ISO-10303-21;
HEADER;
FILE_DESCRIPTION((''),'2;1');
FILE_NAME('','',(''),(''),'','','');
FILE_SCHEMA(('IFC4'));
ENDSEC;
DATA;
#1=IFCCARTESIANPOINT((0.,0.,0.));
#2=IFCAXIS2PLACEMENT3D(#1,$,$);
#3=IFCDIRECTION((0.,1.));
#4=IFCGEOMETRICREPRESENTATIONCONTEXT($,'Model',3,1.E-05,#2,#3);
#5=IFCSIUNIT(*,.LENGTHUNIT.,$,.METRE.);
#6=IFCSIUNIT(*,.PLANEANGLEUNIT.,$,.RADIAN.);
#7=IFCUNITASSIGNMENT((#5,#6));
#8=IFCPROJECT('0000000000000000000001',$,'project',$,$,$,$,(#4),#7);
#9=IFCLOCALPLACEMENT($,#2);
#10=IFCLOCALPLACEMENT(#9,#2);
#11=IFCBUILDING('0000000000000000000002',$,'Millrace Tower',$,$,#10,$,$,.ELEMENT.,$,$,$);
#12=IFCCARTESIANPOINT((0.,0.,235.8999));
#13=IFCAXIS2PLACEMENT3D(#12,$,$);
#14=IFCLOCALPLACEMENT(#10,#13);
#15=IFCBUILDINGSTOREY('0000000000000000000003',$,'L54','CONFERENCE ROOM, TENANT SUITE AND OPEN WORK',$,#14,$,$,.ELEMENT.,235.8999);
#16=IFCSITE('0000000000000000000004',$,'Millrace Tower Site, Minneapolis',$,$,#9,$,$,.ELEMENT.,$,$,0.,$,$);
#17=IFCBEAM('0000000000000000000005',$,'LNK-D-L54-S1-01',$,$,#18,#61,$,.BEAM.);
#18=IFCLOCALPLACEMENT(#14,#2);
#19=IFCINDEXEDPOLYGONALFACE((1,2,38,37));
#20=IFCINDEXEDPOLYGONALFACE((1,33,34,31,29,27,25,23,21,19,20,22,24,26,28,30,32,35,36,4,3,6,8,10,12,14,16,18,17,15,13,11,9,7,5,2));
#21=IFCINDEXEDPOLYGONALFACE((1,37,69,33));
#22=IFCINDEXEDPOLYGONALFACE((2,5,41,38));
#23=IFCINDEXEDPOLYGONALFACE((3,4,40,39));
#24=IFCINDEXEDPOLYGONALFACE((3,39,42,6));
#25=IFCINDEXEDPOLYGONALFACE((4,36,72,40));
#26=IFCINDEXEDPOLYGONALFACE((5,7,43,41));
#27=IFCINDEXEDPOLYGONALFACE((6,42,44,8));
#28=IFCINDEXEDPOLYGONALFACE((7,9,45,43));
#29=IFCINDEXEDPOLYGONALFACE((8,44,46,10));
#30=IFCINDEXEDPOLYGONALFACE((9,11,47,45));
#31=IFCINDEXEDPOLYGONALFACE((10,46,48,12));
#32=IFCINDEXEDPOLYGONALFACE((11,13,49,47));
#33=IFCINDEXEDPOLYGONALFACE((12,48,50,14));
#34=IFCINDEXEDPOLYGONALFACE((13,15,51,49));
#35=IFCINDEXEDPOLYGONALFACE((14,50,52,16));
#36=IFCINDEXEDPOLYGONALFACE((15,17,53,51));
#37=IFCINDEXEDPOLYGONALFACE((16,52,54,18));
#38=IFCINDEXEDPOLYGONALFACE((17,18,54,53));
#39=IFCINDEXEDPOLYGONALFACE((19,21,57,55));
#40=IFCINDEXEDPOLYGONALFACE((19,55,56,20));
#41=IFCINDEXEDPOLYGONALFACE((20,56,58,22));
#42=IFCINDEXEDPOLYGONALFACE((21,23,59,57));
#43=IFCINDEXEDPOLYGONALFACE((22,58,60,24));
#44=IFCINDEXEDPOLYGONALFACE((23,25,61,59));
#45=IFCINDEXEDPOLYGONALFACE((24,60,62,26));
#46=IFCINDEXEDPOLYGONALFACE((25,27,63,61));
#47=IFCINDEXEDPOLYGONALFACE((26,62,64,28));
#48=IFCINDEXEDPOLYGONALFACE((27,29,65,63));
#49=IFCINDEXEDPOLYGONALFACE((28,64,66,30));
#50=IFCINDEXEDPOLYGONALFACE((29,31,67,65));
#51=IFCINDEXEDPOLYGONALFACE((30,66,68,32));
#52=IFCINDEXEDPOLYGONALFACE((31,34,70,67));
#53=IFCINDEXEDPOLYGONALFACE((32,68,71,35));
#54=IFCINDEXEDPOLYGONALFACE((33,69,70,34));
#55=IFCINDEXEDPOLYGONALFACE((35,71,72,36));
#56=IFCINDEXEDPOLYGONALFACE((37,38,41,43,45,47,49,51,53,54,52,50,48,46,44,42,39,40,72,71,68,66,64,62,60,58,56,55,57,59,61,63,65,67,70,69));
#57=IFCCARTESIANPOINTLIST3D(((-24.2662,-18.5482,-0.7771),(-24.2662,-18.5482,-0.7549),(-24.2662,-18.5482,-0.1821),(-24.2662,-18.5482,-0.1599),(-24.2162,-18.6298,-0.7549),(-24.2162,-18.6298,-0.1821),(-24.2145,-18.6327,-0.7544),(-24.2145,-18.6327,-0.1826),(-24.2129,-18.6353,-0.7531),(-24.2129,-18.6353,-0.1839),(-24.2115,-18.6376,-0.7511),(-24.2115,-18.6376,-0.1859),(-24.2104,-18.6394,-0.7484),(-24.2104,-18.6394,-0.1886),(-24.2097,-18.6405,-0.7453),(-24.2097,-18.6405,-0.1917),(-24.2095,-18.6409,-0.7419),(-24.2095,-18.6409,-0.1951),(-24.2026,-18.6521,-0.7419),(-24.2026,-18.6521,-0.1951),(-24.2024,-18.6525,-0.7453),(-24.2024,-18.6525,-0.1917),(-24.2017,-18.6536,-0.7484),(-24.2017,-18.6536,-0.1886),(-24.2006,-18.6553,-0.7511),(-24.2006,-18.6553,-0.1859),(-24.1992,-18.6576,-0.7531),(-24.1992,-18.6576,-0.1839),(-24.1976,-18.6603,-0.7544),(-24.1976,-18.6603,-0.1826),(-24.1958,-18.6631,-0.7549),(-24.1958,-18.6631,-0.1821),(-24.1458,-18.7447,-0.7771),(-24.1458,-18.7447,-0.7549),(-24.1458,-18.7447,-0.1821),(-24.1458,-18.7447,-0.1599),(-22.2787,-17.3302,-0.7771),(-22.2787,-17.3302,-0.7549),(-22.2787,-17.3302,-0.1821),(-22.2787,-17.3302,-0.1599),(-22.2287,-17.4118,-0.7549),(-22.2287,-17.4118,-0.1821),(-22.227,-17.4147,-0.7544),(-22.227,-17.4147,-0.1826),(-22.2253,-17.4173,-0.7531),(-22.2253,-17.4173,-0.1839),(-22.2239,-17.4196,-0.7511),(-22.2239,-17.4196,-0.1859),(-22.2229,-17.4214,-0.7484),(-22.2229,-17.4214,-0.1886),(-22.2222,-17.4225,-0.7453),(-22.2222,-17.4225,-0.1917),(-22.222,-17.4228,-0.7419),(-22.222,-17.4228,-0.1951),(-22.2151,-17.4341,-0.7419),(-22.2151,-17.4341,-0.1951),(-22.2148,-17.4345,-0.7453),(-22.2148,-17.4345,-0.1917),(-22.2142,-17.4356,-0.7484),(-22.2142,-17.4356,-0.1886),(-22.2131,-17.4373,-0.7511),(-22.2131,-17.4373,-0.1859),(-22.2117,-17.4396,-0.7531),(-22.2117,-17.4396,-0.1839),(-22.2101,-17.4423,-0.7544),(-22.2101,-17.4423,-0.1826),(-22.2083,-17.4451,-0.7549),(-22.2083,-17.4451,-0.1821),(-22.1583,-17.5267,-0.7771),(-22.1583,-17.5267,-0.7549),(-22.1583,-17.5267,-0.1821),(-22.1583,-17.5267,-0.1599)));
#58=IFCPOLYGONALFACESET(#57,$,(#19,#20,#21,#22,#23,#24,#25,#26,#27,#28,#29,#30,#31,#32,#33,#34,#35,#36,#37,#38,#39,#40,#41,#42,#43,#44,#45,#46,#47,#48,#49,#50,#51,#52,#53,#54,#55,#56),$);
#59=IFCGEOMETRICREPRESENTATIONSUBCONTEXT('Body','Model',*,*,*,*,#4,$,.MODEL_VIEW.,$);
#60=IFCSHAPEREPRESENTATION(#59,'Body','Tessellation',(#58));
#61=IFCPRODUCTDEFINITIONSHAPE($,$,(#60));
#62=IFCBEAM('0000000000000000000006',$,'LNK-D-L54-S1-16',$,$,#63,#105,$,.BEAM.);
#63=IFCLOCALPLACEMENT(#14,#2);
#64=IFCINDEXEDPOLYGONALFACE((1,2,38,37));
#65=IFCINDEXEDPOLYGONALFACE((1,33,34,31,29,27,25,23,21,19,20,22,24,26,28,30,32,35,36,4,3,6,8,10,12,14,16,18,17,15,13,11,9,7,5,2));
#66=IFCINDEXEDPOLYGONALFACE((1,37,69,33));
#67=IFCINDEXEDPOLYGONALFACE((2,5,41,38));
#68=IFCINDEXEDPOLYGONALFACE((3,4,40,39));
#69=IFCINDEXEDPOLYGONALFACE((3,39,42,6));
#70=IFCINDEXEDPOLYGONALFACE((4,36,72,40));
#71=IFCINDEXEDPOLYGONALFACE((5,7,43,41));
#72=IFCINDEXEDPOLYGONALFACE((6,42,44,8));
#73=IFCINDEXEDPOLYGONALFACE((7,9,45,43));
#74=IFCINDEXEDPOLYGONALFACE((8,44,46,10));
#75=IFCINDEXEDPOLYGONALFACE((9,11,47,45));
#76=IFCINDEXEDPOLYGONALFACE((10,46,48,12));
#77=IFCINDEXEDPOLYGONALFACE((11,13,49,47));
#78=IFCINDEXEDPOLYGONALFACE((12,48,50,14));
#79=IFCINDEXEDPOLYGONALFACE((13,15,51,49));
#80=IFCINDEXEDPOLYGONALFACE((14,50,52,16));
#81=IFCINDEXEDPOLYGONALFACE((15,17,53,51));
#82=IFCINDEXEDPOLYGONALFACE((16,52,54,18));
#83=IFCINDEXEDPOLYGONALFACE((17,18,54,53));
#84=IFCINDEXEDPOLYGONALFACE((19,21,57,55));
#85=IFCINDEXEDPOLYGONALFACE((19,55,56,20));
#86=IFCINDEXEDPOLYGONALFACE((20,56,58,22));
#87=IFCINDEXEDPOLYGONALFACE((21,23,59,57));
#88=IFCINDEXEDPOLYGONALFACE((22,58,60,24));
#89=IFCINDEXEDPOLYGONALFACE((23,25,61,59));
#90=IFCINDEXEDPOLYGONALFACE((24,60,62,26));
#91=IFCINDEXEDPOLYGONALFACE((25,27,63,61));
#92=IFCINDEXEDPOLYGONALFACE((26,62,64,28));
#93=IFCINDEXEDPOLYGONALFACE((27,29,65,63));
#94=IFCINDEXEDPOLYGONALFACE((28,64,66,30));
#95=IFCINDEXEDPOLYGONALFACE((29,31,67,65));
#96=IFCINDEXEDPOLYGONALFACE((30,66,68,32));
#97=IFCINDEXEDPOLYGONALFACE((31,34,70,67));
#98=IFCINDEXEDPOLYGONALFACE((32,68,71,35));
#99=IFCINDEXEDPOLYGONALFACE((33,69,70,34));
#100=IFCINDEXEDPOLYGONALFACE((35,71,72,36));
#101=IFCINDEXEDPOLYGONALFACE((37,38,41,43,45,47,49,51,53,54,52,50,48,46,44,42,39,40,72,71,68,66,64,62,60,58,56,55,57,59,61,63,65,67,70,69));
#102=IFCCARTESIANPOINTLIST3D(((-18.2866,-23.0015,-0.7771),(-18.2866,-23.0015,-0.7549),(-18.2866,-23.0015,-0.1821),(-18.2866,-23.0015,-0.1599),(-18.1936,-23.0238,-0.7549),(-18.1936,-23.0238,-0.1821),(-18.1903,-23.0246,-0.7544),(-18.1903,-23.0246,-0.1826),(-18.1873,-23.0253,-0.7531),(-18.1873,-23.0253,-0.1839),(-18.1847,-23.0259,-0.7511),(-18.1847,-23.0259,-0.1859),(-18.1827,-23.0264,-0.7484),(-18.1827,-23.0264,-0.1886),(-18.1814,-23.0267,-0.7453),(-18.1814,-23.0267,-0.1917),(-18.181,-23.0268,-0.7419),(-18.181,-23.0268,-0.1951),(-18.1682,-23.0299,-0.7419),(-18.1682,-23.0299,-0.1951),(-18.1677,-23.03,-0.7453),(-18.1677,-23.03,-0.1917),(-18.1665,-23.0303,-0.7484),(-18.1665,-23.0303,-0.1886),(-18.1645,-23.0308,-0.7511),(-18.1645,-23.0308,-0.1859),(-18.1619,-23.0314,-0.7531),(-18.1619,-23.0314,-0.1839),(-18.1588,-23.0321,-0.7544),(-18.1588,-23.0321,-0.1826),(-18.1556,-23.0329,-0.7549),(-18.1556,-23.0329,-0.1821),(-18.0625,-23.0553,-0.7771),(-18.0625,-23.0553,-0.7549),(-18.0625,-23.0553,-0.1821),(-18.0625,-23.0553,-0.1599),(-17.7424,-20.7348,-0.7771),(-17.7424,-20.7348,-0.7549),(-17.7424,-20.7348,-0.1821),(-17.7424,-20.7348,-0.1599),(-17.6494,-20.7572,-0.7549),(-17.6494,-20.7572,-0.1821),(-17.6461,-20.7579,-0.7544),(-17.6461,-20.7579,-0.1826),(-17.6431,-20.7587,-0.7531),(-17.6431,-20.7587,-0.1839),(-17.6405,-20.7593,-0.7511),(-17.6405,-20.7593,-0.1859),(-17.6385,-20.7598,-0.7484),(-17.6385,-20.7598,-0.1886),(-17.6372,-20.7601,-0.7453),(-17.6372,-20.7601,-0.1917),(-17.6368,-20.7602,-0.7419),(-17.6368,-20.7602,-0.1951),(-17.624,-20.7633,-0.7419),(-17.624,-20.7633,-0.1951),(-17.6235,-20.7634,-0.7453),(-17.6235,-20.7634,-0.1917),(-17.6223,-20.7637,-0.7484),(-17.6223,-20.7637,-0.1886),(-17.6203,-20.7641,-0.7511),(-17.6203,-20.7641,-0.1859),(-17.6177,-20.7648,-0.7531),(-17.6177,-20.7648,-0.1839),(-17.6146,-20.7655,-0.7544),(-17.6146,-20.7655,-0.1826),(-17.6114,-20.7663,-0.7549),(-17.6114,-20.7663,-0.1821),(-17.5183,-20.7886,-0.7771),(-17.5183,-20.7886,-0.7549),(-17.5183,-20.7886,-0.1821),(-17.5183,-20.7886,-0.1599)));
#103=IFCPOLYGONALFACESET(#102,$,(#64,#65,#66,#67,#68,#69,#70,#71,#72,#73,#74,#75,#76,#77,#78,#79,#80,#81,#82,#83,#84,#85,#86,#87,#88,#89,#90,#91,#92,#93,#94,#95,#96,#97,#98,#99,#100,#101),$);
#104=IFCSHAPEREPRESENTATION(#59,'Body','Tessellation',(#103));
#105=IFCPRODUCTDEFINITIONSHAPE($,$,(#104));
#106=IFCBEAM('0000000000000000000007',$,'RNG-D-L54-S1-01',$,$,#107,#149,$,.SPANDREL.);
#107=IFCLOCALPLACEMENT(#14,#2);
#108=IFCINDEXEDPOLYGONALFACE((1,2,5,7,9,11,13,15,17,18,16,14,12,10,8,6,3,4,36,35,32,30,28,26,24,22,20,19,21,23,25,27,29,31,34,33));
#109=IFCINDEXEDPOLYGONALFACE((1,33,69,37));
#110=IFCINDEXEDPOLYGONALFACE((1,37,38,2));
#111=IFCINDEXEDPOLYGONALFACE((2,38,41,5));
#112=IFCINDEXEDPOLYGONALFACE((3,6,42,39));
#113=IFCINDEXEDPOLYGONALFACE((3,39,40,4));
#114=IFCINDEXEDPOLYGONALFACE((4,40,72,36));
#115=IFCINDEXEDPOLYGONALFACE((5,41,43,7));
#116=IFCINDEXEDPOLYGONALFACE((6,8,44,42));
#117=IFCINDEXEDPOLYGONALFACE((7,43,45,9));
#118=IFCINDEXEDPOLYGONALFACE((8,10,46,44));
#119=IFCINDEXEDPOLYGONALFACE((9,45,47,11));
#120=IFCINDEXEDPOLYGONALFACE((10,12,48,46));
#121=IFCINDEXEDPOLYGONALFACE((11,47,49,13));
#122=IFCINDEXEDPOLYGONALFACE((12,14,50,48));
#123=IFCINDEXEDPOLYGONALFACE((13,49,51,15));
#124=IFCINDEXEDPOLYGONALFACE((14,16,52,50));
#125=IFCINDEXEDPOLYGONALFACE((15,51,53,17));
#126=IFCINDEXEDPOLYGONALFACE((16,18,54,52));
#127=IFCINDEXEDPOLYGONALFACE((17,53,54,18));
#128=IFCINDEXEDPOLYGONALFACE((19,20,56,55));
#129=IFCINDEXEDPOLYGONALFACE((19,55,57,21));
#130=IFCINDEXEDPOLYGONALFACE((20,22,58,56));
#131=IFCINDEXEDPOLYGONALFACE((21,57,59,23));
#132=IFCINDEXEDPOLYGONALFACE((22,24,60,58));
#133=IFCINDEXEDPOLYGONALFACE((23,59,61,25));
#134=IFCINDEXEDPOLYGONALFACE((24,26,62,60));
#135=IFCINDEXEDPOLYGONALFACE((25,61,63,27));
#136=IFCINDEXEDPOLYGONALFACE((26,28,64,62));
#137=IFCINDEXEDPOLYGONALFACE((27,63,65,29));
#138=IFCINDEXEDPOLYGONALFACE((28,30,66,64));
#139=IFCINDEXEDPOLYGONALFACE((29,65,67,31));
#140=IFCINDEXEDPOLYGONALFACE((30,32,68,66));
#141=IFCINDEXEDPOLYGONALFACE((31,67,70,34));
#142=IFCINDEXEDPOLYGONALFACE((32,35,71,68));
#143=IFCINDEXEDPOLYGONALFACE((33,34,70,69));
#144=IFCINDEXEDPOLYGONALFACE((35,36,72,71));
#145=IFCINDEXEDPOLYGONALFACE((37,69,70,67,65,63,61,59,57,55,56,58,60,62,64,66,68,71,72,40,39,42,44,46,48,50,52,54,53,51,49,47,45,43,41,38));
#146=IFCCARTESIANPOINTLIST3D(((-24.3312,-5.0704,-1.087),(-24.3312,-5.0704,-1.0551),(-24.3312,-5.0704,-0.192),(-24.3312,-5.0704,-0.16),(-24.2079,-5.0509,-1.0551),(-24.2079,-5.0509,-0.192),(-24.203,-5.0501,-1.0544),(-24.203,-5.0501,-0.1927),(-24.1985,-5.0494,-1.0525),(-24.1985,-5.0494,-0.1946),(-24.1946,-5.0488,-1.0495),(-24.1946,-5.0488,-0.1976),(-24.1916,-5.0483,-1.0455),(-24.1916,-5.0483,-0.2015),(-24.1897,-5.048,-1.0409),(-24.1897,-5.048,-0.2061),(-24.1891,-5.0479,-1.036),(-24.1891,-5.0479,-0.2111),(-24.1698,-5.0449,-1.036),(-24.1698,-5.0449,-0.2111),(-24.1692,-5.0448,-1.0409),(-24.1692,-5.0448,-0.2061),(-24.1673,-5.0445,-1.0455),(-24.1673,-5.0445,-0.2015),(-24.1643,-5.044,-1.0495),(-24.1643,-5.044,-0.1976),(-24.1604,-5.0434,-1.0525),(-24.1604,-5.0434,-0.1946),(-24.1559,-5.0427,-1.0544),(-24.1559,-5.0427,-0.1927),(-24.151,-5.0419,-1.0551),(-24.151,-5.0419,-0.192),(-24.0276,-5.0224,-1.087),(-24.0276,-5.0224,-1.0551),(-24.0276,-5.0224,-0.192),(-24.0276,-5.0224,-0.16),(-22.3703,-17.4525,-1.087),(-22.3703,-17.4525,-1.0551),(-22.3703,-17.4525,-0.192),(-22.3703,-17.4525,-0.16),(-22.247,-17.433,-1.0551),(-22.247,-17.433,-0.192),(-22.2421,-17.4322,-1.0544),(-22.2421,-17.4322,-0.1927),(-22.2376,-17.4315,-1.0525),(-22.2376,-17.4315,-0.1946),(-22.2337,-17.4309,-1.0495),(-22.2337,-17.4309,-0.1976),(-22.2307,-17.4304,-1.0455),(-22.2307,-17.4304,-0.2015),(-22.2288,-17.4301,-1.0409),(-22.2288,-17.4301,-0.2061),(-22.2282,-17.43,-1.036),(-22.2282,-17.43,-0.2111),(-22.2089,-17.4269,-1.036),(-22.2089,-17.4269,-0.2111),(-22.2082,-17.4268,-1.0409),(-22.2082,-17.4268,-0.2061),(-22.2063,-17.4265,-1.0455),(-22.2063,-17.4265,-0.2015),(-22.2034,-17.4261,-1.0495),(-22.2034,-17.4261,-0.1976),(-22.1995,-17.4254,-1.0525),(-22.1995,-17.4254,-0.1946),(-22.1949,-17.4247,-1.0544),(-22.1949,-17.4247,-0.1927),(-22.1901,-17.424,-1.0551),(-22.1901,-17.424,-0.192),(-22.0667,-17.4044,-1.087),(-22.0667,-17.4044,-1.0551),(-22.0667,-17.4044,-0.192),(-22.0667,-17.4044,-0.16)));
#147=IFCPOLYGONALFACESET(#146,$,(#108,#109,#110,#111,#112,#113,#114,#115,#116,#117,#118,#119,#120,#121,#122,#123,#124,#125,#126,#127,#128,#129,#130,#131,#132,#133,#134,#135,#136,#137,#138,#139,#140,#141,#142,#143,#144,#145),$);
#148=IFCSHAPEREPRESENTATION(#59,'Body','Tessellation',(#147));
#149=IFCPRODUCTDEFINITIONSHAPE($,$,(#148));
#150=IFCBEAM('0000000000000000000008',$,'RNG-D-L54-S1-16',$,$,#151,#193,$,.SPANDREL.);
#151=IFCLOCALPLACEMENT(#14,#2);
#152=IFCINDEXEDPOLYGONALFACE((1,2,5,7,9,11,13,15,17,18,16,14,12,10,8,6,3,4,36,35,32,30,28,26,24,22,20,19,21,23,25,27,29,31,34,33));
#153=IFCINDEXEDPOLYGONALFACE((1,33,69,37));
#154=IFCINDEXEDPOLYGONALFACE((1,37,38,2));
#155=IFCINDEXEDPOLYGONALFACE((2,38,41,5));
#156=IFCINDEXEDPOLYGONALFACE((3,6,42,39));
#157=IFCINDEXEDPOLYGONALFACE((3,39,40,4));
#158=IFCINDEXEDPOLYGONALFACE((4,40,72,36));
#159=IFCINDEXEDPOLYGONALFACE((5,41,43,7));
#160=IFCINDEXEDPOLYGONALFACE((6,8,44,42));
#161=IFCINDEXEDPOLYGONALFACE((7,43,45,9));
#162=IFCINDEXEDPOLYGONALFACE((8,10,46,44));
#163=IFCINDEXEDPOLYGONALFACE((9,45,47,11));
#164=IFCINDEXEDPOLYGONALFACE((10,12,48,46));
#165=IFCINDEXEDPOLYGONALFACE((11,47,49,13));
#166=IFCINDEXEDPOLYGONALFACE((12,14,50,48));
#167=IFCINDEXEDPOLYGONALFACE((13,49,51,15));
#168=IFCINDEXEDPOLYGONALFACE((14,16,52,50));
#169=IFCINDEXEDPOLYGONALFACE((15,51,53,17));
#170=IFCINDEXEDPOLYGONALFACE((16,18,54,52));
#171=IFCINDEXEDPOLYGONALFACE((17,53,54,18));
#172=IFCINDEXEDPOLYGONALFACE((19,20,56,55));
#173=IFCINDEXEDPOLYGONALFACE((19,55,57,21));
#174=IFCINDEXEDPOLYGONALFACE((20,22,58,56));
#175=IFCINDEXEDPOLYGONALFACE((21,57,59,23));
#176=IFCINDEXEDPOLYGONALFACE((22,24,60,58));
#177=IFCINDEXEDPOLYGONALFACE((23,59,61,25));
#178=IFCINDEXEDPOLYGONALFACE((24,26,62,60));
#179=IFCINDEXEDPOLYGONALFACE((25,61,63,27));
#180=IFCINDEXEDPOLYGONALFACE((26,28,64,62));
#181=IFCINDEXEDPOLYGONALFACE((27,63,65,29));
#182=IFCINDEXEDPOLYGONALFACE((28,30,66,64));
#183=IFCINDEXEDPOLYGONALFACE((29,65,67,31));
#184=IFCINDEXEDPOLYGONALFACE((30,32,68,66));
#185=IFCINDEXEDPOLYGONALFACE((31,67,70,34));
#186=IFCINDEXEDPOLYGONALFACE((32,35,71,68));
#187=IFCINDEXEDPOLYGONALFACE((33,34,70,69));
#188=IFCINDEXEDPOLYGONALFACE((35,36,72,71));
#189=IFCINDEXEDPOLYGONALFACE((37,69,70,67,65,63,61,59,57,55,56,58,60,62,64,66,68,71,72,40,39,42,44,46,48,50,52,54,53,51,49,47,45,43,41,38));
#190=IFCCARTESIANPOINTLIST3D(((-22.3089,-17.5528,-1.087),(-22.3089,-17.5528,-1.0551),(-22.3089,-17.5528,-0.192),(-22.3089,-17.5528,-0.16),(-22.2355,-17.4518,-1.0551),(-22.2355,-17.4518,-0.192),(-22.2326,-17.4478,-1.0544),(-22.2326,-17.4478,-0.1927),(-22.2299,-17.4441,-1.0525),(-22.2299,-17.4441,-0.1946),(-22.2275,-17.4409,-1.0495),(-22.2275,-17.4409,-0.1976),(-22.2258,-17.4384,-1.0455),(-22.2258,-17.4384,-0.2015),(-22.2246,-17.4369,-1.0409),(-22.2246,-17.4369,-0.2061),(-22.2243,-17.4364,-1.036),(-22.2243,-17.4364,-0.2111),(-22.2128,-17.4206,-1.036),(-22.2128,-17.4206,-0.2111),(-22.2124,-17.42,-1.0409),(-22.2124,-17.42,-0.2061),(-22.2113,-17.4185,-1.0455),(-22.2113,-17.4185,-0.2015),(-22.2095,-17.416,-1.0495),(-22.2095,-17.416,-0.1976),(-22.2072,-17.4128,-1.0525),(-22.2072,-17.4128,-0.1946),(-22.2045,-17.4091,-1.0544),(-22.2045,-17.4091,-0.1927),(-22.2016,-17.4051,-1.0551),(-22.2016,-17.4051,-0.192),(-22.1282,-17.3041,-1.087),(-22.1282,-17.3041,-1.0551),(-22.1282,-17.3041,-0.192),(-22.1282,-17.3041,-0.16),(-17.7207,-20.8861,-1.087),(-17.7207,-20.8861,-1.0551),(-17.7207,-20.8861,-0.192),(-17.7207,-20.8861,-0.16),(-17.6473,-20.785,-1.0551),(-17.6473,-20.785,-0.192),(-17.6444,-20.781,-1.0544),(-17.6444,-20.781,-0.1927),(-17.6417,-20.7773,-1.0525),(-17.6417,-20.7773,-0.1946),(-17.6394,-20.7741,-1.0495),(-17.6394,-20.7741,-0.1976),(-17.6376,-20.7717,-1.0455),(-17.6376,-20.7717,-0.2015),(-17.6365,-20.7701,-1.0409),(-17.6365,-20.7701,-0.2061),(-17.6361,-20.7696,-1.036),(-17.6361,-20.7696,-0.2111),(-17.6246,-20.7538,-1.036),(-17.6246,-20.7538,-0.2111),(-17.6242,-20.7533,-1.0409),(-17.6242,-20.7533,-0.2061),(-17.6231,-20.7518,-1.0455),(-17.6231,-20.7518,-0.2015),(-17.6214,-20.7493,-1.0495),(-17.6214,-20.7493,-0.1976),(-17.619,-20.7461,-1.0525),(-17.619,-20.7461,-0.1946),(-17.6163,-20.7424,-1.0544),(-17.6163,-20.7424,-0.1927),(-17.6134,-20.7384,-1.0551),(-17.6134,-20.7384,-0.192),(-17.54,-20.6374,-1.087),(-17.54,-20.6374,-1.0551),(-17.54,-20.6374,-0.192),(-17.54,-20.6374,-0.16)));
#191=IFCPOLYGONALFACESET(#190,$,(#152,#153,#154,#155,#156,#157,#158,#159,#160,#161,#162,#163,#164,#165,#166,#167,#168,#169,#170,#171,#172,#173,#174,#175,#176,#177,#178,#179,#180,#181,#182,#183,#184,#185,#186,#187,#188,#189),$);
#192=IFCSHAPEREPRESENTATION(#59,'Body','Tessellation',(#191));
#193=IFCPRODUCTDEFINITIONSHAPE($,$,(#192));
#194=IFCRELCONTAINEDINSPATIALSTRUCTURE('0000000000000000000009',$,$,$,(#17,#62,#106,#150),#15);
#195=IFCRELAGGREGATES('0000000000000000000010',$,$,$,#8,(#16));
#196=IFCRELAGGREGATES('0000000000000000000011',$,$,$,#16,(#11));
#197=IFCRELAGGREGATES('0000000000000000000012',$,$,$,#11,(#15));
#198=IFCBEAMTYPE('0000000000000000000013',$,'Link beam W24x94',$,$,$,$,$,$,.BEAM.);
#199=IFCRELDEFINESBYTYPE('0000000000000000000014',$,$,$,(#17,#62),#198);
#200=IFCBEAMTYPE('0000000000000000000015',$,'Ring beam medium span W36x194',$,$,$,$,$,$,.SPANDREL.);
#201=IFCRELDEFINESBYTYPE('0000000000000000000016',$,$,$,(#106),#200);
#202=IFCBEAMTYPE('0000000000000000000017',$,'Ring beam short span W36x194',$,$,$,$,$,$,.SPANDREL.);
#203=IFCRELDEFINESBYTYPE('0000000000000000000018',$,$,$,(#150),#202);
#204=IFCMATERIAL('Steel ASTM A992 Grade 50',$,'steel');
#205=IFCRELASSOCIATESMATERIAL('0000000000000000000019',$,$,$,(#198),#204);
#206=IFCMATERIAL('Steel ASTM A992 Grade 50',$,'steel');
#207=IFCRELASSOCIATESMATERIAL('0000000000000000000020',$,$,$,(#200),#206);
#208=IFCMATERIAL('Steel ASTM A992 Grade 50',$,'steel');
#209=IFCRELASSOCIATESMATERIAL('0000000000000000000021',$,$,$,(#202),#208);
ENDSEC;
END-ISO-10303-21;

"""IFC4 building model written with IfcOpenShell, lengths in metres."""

from ifc_helpers import new_model, si_unit, direction, frame, origin, origin_2d, place, context, subcontext, project, spatial, i_section, extrude, material, material_profile, profile_set, type_object, element, save


model = new_model("IFC4")

# Units and contexts
model_context = context("Model", 3, precision=1e-05, world=origin(), true_north=direction((0.0, 1.0)))
body_context = subcontext(model_context, "Body", "Model", "MODEL_VIEW")
ifc_project = project(units=[si_unit("LENGTHUNIT", "METRE"), si_unit("PLANEANGLEUNIT", "RADIAN")], contexts=[model_context])

# Site, building, storey
site_placement = place(None, origin())
site = spatial("IfcSite", under=ifc_project, at=site_placement, Name="Millrace Tower Site, Minneapolis", CompositionType="ELEMENT", RefElevation=0.0)
building_placement = place(site_placement, origin())
building = spatial("IfcBuilding", under=site, at=building_placement, Name="Millrace Tower", CompositionType="ELEMENT")
storey_placement = place(building_placement, frame((0.0, 0.0, 235.8999)))
storey = spatial("IfcBuildingStorey", under=building, at=storey_placement, Name="L54", Description="CONFERENCE ROOM, TENANT SUITE AND OPEN WORK", CompositionType="ELEMENT", Elevation=235.8999)

# Beams
ifc_material_1 = material(Name="Steel ASTM A992 Grade 50", Category="steel")
ifc_material_profile_1 = material_profile(ifc_material_1, i_section(OverallWidth=0.2305, OverallDepth=0.6172, WebThickness=0.0132, FlangeThickness=0.0222, FilletRadius=0.0129, at=origin_2d()))
ifc_profile_set_1 = profile_set([ifc_material_profile_1], Name="Steel ASTM A992 Grade 50")
beam_type_1 = type_object("IfcBeamType", Name="Link beam W24x94", PredefinedType="BEAM", material=ifc_profile_set_1)
for number, where, z_axis, x_axis, name in (
    (1, (-22.2185, -17.4285, -0.4685), (-0.852631, -0.522513, 0.0), (0.522513, -0.852631, 0.0), "LNK-D-L54-S1-01"),
    (2, (-17.6304, -20.7617, -0.4685), (-0.233456, -0.972367, 0.0), (0.972367, -0.233456, 0.0), "LNK-D-L54-S1-16"),
):
    element("IfcBeam", number, at=place(storey_placement, frame(where, z_axis=z_axis, x_axis=x_axis)), inside=storey, type_object=beam_type_1, Name=name, PredefinedType="BEAM", context=body_context, shape_type="SweptSolid", body=[
        extrude(i_section(OverallWidth=0.2305, OverallDepth=0.6172, WebThickness=0.0132, FlangeThickness=0.0222, FilletRadius=0.0129, at=origin_2d()), origin(), (0.0, 0.0, 1.0), 2.3311),
    ])
ifc_material_2 = material(Name="Steel ASTM A992 Grade 50", Category="steel")
ifc_material_profile_2 = material_profile(ifc_material_2, i_section(OverallWidth=0.3074, OverallDepth=0.927, WebThickness=0.0195, FlangeThickness=0.032, FilletRadius=0.019, at=origin_2d()))
ifc_profile_set_2 = profile_set([ifc_material_profile_2], Name="Steel ASTM A992 Grade 50")
beam_type_2 = type_object("IfcBeamType", Name="Ring beam medium span W36x194", PredefinedType="SPANDREL", material=ifc_profile_set_2)
beam_1_placement = place(storey_placement, frame((-22.2185, -17.4285, -0.6235), z_axis=(-0.15642, 0.987691, 0.0), x_axis=(-0.987691, -0.15642, 0.0)))
element("IfcBeam", 3, at=beam_1_placement, inside=storey, type_object=beam_type_2, Name="RNG-D-L54-S1-01", PredefinedType="SPANDREL", context=body_context, shape_type="SweptSolid", body=[
    extrude(i_section(OverallWidth=0.3074, OverallDepth=0.927, WebThickness=0.0195, FlangeThickness=0.032, FilletRadius=0.019, at=origin_2d()), origin(), (0.0, 0.0, 1.0), 12.5364),
])
ifc_material_3 = material(Name="Steel ASTM A992 Grade 50", Category="steel")
ifc_material_profile_3 = material_profile(ifc_material_3, i_section(OverallWidth=0.3074, OverallDepth=0.927, WebThickness=0.0195, FlangeThickness=0.032, FilletRadius=0.019, at=origin_2d()))
ifc_profile_set_3 = profile_set([ifc_material_profile_3], Name="Steel ASTM A992 Grade 50")
beam_type_3 = type_object("IfcBeamType", Name="Ring beam short span W36x194", PredefinedType="SPANDREL", material=ifc_profile_set_3)
beam_2_placement = place(storey_placement, frame((-17.6304, -20.7617, -0.6235), z_axis=(-0.809036, 0.58776, 0.0), x_axis=(-0.58776, -0.809036, 0.0)))
element("IfcBeam", 4, at=beam_2_placement, inside=storey, type_object=beam_type_3, Name="RNG-D-L54-S1-16", PredefinedType="SPANDREL", context=body_context, shape_type="SweptSolid", body=[
    extrude(i_section(OverallWidth=0.3074, OverallDepth=0.927, WebThickness=0.0195, FlangeThickness=0.032, FilletRadius=0.019, at=origin_2d()), origin(), (0.0, 0.0, 1.0), 5.6711),
])

save(model, "model.ifc")
